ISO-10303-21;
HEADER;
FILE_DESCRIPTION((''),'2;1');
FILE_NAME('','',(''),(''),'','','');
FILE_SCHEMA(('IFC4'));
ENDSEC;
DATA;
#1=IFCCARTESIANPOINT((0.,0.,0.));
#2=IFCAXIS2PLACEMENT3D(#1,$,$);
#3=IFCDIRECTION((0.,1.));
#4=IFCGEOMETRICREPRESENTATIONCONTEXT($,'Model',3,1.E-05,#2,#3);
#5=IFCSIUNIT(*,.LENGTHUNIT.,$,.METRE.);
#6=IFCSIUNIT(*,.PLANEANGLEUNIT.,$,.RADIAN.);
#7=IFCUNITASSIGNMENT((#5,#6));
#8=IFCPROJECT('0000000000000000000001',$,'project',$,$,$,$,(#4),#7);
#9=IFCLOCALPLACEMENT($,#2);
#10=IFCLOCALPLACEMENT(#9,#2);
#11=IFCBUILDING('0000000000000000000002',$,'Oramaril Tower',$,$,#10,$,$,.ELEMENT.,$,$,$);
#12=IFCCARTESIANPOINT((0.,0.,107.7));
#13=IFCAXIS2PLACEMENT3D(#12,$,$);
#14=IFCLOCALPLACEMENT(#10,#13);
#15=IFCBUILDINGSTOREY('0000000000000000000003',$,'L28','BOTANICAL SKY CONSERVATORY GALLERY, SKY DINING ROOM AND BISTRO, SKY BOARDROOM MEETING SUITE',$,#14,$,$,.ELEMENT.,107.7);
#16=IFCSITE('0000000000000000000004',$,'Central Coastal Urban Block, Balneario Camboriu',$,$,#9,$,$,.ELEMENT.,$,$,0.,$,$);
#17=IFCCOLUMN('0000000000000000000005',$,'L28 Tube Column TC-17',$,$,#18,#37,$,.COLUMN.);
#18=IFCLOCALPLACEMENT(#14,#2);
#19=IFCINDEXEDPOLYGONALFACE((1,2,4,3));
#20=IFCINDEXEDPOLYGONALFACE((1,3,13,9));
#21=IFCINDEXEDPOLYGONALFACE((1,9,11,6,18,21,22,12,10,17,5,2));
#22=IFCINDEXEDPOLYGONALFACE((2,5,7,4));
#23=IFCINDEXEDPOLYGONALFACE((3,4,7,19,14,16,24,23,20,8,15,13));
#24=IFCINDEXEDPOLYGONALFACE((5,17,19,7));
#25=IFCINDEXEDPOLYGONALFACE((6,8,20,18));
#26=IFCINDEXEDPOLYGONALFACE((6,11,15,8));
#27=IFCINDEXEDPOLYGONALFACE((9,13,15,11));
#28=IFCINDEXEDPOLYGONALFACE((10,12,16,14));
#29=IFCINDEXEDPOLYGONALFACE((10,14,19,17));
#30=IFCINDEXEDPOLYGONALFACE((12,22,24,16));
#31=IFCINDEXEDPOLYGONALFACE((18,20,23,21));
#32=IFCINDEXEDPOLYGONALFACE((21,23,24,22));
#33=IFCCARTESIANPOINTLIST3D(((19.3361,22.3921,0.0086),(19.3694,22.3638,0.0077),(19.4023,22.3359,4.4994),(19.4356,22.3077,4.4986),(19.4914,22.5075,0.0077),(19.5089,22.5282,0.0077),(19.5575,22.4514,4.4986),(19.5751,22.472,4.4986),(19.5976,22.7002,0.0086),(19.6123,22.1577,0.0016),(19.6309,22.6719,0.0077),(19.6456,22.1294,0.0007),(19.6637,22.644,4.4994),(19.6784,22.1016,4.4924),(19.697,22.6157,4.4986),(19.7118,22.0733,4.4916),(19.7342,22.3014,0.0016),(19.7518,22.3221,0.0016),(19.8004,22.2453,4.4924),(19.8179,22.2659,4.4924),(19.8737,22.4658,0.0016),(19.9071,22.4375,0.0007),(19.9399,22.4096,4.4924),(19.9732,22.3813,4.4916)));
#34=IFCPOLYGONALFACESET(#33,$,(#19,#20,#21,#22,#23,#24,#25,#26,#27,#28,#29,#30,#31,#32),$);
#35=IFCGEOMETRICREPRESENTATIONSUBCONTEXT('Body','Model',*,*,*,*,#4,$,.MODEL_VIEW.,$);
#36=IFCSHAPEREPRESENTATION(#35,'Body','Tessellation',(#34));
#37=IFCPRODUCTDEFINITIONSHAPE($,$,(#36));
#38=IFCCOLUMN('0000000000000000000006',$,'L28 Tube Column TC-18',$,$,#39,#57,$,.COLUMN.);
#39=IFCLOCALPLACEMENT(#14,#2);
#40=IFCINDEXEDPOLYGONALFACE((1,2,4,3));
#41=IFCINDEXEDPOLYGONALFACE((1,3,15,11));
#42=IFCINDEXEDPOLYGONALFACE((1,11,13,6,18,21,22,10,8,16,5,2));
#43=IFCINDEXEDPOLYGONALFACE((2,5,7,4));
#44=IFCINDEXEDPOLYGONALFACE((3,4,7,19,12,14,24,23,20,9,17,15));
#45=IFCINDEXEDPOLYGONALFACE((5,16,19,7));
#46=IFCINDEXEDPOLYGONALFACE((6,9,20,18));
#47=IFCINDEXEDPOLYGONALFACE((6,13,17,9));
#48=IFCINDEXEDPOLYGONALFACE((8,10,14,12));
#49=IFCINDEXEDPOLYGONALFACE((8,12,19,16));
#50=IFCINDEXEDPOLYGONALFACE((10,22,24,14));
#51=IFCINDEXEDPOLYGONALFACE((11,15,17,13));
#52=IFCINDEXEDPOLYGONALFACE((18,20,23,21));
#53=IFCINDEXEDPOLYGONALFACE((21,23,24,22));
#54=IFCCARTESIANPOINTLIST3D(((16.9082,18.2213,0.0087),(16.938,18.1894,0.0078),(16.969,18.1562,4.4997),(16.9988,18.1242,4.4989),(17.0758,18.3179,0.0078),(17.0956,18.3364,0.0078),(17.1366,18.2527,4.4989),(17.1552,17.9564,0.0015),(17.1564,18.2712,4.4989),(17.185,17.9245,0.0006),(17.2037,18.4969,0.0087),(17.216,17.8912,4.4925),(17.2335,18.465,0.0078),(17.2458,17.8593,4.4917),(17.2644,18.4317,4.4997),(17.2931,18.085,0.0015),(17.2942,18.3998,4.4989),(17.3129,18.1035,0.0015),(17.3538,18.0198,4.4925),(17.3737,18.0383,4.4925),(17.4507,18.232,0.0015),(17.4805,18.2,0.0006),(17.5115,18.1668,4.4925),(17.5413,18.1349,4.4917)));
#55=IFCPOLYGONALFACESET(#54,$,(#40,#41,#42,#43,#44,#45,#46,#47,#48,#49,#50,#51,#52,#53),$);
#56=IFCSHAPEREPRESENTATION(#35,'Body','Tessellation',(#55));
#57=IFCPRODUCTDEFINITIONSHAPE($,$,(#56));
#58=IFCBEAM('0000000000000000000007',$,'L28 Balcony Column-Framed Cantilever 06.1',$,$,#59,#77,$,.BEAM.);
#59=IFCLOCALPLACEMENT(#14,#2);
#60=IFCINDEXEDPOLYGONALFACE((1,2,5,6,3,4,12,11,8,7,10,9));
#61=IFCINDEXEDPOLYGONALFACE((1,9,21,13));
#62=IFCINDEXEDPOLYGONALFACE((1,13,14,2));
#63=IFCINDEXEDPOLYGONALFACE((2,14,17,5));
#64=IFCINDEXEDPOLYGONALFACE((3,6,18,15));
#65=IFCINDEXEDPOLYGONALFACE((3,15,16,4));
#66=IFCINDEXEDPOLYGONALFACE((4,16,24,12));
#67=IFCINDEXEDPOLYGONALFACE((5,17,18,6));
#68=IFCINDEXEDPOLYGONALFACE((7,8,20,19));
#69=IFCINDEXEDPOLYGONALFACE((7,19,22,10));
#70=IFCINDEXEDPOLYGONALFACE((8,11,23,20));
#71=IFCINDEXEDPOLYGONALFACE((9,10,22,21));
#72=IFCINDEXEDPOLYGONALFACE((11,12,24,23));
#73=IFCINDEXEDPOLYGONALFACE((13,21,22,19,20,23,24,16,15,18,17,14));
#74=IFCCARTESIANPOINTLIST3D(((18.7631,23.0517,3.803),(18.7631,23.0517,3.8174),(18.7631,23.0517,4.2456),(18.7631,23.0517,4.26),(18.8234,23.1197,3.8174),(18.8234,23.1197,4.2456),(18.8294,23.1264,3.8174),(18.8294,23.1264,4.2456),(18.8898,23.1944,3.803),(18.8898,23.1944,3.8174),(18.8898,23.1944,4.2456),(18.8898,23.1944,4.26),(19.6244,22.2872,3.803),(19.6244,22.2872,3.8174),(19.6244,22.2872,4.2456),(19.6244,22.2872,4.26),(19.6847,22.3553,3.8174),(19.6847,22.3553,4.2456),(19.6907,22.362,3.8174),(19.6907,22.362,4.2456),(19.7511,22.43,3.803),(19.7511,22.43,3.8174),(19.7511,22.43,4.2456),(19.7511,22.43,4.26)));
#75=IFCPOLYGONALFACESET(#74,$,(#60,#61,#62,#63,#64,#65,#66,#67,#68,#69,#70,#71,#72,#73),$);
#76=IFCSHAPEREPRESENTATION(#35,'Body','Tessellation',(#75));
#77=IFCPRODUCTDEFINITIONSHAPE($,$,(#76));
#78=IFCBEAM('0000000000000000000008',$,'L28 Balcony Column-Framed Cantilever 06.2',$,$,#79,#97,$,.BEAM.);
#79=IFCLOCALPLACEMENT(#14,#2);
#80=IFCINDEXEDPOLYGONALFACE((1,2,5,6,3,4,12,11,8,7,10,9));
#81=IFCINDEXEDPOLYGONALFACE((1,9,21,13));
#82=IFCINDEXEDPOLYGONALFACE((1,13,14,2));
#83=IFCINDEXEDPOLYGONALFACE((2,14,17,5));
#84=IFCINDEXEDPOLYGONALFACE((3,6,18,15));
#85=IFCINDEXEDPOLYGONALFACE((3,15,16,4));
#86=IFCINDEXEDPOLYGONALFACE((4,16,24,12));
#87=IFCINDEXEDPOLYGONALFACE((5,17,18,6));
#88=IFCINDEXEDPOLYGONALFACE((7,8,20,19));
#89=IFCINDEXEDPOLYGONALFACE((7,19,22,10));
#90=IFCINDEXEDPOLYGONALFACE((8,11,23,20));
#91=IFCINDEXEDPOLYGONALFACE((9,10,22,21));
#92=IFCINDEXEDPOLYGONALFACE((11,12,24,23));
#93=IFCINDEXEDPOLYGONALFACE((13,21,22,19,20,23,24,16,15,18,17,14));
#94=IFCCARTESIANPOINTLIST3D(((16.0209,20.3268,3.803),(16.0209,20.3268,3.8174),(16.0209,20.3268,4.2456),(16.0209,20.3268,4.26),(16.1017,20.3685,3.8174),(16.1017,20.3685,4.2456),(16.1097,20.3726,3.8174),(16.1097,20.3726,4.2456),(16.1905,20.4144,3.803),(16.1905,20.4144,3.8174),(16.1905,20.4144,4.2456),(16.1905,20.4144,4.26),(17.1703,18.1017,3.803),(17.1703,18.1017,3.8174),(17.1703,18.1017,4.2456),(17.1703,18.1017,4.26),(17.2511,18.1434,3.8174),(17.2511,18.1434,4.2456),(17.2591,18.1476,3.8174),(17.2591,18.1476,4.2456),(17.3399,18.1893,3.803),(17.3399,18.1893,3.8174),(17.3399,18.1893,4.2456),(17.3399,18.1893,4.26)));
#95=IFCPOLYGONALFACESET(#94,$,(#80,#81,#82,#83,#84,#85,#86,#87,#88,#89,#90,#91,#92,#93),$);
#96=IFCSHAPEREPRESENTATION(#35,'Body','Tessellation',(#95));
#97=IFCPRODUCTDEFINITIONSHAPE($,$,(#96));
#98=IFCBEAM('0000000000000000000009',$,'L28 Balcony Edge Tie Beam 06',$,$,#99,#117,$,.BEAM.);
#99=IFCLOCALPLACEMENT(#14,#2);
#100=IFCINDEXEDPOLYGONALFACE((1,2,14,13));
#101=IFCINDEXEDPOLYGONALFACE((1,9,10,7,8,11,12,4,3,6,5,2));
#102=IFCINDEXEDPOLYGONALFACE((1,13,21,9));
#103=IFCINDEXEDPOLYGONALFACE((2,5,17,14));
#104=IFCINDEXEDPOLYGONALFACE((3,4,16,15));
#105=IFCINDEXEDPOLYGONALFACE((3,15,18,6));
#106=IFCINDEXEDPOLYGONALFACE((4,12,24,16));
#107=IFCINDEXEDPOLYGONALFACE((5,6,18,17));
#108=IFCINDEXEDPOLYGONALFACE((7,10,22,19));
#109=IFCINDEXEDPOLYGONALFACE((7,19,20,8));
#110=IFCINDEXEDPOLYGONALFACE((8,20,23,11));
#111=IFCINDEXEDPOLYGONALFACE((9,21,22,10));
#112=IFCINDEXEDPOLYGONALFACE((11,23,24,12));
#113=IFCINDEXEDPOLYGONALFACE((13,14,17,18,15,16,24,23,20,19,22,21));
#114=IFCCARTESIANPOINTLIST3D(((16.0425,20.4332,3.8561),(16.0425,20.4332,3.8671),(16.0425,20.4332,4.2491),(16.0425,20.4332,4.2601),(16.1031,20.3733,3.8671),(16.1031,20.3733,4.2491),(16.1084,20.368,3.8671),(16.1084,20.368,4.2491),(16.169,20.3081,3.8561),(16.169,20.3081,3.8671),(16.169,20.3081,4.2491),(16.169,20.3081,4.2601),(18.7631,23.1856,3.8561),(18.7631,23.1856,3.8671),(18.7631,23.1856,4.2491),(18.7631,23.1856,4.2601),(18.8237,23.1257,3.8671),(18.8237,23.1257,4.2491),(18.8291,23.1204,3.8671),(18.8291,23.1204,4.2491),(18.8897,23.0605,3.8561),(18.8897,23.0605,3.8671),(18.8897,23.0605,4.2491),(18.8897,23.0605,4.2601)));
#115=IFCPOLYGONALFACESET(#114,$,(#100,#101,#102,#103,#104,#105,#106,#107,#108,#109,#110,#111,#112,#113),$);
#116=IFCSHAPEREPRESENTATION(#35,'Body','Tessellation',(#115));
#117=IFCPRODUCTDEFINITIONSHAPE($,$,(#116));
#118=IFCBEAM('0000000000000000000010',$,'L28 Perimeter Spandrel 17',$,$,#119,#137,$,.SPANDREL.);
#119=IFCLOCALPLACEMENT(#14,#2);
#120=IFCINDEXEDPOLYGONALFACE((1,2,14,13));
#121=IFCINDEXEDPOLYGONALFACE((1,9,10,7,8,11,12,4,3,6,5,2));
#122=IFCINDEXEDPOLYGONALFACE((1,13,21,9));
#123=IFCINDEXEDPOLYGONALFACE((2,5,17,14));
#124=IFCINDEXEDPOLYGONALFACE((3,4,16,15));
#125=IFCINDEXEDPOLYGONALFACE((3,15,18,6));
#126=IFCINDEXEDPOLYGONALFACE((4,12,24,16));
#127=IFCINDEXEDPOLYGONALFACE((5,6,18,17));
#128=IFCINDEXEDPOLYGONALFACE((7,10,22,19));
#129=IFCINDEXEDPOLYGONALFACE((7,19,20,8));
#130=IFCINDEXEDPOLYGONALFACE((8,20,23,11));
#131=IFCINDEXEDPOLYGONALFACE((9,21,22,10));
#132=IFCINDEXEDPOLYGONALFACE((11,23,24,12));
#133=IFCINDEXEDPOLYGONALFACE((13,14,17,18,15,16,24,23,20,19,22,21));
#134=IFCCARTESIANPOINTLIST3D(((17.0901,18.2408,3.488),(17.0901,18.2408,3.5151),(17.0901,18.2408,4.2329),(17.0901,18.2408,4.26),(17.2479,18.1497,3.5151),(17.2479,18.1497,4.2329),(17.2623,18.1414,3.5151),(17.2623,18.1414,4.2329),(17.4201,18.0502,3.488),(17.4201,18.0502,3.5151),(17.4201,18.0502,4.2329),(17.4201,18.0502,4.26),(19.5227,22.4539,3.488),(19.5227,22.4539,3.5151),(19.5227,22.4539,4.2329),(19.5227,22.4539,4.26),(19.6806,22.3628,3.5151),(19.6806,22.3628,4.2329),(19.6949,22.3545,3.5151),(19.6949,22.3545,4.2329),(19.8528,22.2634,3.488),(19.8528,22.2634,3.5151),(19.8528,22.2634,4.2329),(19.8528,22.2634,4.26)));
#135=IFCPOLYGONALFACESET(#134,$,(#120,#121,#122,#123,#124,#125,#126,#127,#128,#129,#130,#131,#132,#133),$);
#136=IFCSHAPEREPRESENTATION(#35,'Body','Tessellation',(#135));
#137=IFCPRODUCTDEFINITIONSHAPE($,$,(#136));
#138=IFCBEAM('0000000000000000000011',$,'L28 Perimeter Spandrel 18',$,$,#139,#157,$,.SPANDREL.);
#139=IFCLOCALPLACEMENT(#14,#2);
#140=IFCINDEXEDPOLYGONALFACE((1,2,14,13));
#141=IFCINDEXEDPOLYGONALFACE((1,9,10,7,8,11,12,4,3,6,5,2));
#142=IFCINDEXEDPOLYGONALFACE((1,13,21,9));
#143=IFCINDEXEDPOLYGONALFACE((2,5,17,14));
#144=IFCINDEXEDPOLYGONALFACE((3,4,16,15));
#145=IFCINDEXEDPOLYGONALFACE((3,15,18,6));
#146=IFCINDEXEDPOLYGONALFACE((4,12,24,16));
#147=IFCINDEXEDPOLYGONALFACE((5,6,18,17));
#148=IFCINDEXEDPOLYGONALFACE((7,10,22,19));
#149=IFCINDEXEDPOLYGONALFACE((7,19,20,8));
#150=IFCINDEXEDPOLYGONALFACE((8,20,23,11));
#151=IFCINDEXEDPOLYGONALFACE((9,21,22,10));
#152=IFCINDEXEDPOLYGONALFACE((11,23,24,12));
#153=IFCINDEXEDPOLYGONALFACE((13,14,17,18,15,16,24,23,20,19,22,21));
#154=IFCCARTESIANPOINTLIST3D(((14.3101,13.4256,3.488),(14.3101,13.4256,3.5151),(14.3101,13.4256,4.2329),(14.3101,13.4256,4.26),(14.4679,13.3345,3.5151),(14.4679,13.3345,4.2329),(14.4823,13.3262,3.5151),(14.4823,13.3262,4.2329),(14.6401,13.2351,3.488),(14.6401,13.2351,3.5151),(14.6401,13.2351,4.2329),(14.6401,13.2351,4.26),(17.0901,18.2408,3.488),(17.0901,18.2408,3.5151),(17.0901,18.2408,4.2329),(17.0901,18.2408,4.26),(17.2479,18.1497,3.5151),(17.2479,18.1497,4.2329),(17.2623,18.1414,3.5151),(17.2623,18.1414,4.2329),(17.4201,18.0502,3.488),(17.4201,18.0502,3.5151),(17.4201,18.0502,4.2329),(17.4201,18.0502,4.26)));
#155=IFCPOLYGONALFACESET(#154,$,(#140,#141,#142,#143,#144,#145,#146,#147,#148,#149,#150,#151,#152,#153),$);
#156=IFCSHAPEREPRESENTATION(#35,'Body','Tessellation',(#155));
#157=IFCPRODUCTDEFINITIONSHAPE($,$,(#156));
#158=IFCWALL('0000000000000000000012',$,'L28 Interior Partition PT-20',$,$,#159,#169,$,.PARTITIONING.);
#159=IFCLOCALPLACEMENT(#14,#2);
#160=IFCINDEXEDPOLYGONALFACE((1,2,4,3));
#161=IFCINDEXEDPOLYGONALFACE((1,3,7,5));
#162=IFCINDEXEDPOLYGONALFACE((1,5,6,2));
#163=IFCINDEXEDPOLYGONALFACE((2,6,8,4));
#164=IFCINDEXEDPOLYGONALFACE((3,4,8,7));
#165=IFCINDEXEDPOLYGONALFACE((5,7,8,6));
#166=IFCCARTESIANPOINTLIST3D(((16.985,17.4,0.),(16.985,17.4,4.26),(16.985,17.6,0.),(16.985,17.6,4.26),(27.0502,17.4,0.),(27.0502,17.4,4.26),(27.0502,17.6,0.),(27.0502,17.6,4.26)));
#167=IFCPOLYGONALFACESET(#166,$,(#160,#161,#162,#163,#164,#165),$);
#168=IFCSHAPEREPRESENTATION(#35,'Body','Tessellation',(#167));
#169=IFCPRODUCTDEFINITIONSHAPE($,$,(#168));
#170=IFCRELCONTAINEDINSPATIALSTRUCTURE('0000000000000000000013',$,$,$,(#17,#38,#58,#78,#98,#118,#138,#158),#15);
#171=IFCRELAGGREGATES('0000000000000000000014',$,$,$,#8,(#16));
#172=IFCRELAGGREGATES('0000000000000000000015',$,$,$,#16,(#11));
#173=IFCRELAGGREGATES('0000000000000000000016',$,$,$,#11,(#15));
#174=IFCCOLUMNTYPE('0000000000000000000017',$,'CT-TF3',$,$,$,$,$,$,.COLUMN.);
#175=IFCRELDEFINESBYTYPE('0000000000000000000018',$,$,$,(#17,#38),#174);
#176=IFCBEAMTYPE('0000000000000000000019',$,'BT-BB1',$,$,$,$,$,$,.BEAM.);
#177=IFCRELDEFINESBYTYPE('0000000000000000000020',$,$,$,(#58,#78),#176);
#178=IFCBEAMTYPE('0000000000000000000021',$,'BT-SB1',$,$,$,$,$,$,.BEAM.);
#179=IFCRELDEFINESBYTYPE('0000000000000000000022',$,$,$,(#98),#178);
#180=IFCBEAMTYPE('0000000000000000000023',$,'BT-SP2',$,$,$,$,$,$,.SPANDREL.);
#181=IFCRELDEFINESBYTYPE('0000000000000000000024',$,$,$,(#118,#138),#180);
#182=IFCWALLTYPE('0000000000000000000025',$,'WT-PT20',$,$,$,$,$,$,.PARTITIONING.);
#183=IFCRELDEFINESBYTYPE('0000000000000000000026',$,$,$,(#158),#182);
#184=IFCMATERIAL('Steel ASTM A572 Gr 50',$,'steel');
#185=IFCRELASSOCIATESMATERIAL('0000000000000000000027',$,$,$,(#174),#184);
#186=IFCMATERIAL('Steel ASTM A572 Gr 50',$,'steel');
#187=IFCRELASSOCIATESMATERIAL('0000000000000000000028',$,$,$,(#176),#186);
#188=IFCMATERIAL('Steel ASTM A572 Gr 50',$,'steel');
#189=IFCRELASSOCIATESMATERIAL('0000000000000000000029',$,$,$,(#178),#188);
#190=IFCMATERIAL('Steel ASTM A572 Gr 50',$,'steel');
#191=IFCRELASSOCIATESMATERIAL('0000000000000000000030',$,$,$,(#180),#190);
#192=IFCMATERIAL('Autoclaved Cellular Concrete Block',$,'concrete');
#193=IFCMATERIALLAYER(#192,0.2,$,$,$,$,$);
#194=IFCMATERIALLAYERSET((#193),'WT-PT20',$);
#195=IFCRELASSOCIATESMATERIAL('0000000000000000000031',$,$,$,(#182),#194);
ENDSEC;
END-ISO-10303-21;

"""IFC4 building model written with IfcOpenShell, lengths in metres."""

from ifc_helpers import new_model, si_unit, direction, frame, frame_2d, origin, origin_2d, place, context, subcontext, project, spatial, rectangle, i_section, extrude, material, layer, layer_set, material_profile, profile_set, type_object, element, save


model = new_model("IFC4")

# Units and contexts
model_context = context("Model", 3, precision=1e-05, world=origin(), true_north=direction((0.0, 1.0)))
body_context = subcontext(model_context, "Body", "Model", "MODEL_VIEW")
ifc_project = project(units=[si_unit("LENGTHUNIT", "METRE"), si_unit("PLANEANGLEUNIT", "RADIAN")], contexts=[model_context])

# Site, building, storey
site_placement = place(None, origin())
site = spatial("IfcSite", under=ifc_project, at=site_placement, Name="Central Coastal Urban Block, Balneario Camboriu", CompositionType="ELEMENT", RefElevation=0.0)
building_placement = place(site_placement, origin())
building = spatial("IfcBuilding", under=site, at=building_placement, Name="Oramaril Tower", CompositionType="ELEMENT")
storey_placement = place(building_placement, frame((0.0, 0.0, 107.7)))
storey = spatial("IfcBuildingStorey", under=building, at=storey_placement, Name="L28", Description="BOTANICAL SKY CONSERVATORY GALLERY, SKY DINING ROOM AND BISTRO, SKY BOARDROOM MEETING SUITE", CompositionType="ELEMENT", Elevation=107.7)

# Columns
ifc_material_1 = material(Name="Steel ASTM A572 Gr 50", Category="steel")
ifc_material_profile_1 = material_profile(ifc_material_1, i_section(OverallWidth=0.4041, OverallDepth=0.406, WebThickness=0.0271, FlangeThickness=0.0437, at=origin_2d()), Name="W14X233")
ifc_profile_set_1 = profile_set([ifc_material_profile_1], Name="Steel ASTM A572 Gr 50")
column_type = type_object("IfcColumnType", Name="CT-TF3", PredefinedType="COLUMN", material=ifc_profile_set_1)
column_1_placement = place(storey_placement, frame((19.6216, 22.4148, 0.0046), z_axis=(0.01473, -0.012501, 0.999813), x_axis=(0.647077, 0.762425, 0.0)))
element("IfcColumn", 1, at=column_1_placement, inside=storey, type_object=column_type, Name="L28 Tube Column TC-17", PredefinedType="COLUMN", context=body_context, shape_type="SweptSolid", body=[
    extrude(i_section(OverallWidth=0.4041, OverallDepth=0.406, WebThickness=0.0271, FlangeThickness=0.0437, at=origin_2d()), origin(), (0.0, 0.0, 1.0), 4.4917),
])
column_2_placement = place(storey_placement, frame((17.1943, 18.2107, 0.0046), z_axis=(0.013534, -0.014512, 0.999803), x_axis=(0.731328, 0.682025, 0.0)))
element("IfcColumn", 2, at=column_2_placement, inside=storey, type_object=column_type, Name="L28 Tube Column TC-18", PredefinedType="COLUMN", context=body_context, shape_type="SweptSolid", body=[
    extrude(i_section(OverallWidth=0.4041, OverallDepth=0.406, WebThickness=0.0271, FlangeThickness=0.0437, at=origin_2d()), origin(), (0.0, 0.0, 1.0), 4.4919),
])

# Beams
ifc_material_2 = material(Name="Steel ASTM A572 Gr 50", Category="steel")
ifc_material_profile_2 = material_profile(ifc_material_2, i_section(OverallWidth=0.1909, OverallDepth=0.457, WebThickness=0.009, FlangeThickness=0.0144, at=origin_2d()), Name="W18X50")
ifc_profile_set_2 = profile_set([ifc_material_profile_2], Name="Steel ASTM A572 Gr 50")
beam_type_1 = type_object("IfcBeamType", Name="BT-BB1", PredefinedType="BEAM", material=ifc_profile_set_2)
beam_1_placement = place(storey_placement, frame((19.6877, 22.3586, 4.0315), z_axis=(-0.747935, 0.663771, 0.0), x_axis=(-0.663771, -0.747935, 0.0)))
element("IfcBeam", 3, at=beam_1_placement, inside=storey, type_object=beam_type_1, Name="L28 Balcony Column-Framed Cantilever 06.1", PredefinedType="BEAM", context=body_context, shape_type="SweptSolid", body=[
    extrude(i_section(OverallWidth=0.1909, OverallDepth=0.457, WebThickness=0.009, FlangeThickness=0.0144, at=origin_2d()), origin(), (0.0, 0.0, 1.0), 1.1516),
])
beam_2_placement = place(storey_placement, frame((17.2551, 18.1455, 4.0315), z_axis=(-0.458951, 0.888462, 0.0), x_axis=(-0.888462, -0.458951, 0.0)))
element("IfcBeam", 4, at=beam_2_placement, inside=storey, type_object=beam_type_1, Name="L28 Balcony Column-Framed Cantilever 06.2", PredefinedType="BEAM", context=body_context, shape_type="SweptSolid", body=[
    extrude(i_section(OverallWidth=0.1909, OverallDepth=0.457, WebThickness=0.009, FlangeThickness=0.0144, at=origin_2d()), origin(), (0.0, 0.0, 1.0), 2.5044),
])
ifc_material_3 = material(Name="Steel ASTM A572 Gr 50", Category="steel")
ifc_material_profile_3 = material_profile(ifc_material_3, i_section(OverallWidth=0.178, OverallDepth=0.4041, WebThickness=0.0076, FlangeThickness=0.011, at=origin_2d()), Name="W16X36")
ifc_profile_set_3 = profile_set([ifc_material_profile_3], Name="Steel ASTM A572 Gr 50")
beam_type_2 = type_object("IfcBeamType", Name="BT-SB1", PredefinedType="BEAM", material=ifc_profile_set_3)
beam_3_placement = place(storey_placement, frame((18.8264, 23.123, 4.0581), z_axis=(-0.702995, -0.711195, 0.0), x_axis=(0.711195, -0.702995, 0.0)))
element("IfcBeam", 5, at=beam_3_placement, inside=storey, type_object=beam_type_2, Name="L28 Balcony Edge Tie Beam 06", PredefinedType="BEAM", context=body_context, shape_type="SweptSolid", body=[
    extrude(i_section(OverallWidth=0.178, OverallDepth=0.4041, WebThickness=0.0076, FlangeThickness=0.011, at=origin_2d()), origin(), (0.0, 0.0, 1.0), 3.8701),
])
ifc_material_4 = material(Name="Steel ASTM A572 Gr 50", Category="steel")
ifc_material_profile_4 = material_profile(ifc_material_4, i_section(OverallWidth=0.3811, OverallDepth=0.772, WebThickness=0.0166, FlangeThickness=0.0271, at=origin_2d()), Name="W30X173")
ifc_profile_set_4 = profile_set([ifc_material_profile_4], Name="Steel ASTM A572 Gr 50")
beam_type_3 = type_object("IfcBeamType", Name="BT-SP2", PredefinedType="SPANDREL", material=ifc_profile_set_4)
beam_4_placement = place(storey_placement, frame((19.6877, 22.3586, 3.874), z_axis=(-0.500025, -0.866011, 0.0), x_axis=(0.866011, -0.500025, 0.0)))
element("IfcBeam", 6, at=beam_4_placement, inside=storey, type_object=beam_type_3, Name="L28 Perimeter Spandrel 17", PredefinedType="SPANDREL", context=body_context, shape_type="SweptSolid", body=[
    extrude(i_section(OverallWidth=0.3811, OverallDepth=0.772, WebThickness=0.0166, FlangeThickness=0.0271, at=origin_2d()), origin(), (0.0, 0.0, 1.0), 4.865),
])
beam_5_placement = place(storey_placement, frame((17.2551, 18.1455, 3.874), z_axis=(-0.499997, -0.866027, 0.0), x_axis=(0.866027, -0.499997, 0.0)))
element("IfcBeam", 7, at=beam_5_placement, inside=storey, type_object=beam_type_3, Name="L28 Perimeter Spandrel 18", PredefinedType="SPANDREL", context=body_context, shape_type="SweptSolid", body=[
    extrude(i_section(OverallWidth=0.3811, OverallDepth=0.772, WebThickness=0.0166, FlangeThickness=0.0271, at=origin_2d()), origin(), (0.0, 0.0, 1.0), 5.5601),
])

# Wall
ifc_material_5 = material(Name="Autoclaved Cellular Concrete Block", Category="concrete")
ifc_layer_1 = layer(ifc_material_5, 0.2)
ifc_layer_set_1 = layer_set([ifc_layer_1], Name="WT-PT20")
wall_type = type_object("IfcWallType", Name="WT-PT20", PredefinedType="PARTITIONING", material=ifc_layer_set_1)
wall_placement = place(storey_placement, frame((16.9849, 17.5, 0.0), z_axis=(0.0, 0.0, 1.0), x_axis=(1.0, 0.0, 0.0)))
element("IfcWall", 8, at=wall_placement, inside=storey, type_object=wall_type, Name="L28 Interior Partition PT-20", PredefinedType="PARTITIONING", context=body_context, shape_type="SweptSolid", body=[
    extrude(rectangle(XDim=10.0652, YDim=0.2, at=frame_2d((5.0327, 0.0))), origin(), (0.0, 0.0, 1.0), 4.26),
])

save(model, "model.ifc")
